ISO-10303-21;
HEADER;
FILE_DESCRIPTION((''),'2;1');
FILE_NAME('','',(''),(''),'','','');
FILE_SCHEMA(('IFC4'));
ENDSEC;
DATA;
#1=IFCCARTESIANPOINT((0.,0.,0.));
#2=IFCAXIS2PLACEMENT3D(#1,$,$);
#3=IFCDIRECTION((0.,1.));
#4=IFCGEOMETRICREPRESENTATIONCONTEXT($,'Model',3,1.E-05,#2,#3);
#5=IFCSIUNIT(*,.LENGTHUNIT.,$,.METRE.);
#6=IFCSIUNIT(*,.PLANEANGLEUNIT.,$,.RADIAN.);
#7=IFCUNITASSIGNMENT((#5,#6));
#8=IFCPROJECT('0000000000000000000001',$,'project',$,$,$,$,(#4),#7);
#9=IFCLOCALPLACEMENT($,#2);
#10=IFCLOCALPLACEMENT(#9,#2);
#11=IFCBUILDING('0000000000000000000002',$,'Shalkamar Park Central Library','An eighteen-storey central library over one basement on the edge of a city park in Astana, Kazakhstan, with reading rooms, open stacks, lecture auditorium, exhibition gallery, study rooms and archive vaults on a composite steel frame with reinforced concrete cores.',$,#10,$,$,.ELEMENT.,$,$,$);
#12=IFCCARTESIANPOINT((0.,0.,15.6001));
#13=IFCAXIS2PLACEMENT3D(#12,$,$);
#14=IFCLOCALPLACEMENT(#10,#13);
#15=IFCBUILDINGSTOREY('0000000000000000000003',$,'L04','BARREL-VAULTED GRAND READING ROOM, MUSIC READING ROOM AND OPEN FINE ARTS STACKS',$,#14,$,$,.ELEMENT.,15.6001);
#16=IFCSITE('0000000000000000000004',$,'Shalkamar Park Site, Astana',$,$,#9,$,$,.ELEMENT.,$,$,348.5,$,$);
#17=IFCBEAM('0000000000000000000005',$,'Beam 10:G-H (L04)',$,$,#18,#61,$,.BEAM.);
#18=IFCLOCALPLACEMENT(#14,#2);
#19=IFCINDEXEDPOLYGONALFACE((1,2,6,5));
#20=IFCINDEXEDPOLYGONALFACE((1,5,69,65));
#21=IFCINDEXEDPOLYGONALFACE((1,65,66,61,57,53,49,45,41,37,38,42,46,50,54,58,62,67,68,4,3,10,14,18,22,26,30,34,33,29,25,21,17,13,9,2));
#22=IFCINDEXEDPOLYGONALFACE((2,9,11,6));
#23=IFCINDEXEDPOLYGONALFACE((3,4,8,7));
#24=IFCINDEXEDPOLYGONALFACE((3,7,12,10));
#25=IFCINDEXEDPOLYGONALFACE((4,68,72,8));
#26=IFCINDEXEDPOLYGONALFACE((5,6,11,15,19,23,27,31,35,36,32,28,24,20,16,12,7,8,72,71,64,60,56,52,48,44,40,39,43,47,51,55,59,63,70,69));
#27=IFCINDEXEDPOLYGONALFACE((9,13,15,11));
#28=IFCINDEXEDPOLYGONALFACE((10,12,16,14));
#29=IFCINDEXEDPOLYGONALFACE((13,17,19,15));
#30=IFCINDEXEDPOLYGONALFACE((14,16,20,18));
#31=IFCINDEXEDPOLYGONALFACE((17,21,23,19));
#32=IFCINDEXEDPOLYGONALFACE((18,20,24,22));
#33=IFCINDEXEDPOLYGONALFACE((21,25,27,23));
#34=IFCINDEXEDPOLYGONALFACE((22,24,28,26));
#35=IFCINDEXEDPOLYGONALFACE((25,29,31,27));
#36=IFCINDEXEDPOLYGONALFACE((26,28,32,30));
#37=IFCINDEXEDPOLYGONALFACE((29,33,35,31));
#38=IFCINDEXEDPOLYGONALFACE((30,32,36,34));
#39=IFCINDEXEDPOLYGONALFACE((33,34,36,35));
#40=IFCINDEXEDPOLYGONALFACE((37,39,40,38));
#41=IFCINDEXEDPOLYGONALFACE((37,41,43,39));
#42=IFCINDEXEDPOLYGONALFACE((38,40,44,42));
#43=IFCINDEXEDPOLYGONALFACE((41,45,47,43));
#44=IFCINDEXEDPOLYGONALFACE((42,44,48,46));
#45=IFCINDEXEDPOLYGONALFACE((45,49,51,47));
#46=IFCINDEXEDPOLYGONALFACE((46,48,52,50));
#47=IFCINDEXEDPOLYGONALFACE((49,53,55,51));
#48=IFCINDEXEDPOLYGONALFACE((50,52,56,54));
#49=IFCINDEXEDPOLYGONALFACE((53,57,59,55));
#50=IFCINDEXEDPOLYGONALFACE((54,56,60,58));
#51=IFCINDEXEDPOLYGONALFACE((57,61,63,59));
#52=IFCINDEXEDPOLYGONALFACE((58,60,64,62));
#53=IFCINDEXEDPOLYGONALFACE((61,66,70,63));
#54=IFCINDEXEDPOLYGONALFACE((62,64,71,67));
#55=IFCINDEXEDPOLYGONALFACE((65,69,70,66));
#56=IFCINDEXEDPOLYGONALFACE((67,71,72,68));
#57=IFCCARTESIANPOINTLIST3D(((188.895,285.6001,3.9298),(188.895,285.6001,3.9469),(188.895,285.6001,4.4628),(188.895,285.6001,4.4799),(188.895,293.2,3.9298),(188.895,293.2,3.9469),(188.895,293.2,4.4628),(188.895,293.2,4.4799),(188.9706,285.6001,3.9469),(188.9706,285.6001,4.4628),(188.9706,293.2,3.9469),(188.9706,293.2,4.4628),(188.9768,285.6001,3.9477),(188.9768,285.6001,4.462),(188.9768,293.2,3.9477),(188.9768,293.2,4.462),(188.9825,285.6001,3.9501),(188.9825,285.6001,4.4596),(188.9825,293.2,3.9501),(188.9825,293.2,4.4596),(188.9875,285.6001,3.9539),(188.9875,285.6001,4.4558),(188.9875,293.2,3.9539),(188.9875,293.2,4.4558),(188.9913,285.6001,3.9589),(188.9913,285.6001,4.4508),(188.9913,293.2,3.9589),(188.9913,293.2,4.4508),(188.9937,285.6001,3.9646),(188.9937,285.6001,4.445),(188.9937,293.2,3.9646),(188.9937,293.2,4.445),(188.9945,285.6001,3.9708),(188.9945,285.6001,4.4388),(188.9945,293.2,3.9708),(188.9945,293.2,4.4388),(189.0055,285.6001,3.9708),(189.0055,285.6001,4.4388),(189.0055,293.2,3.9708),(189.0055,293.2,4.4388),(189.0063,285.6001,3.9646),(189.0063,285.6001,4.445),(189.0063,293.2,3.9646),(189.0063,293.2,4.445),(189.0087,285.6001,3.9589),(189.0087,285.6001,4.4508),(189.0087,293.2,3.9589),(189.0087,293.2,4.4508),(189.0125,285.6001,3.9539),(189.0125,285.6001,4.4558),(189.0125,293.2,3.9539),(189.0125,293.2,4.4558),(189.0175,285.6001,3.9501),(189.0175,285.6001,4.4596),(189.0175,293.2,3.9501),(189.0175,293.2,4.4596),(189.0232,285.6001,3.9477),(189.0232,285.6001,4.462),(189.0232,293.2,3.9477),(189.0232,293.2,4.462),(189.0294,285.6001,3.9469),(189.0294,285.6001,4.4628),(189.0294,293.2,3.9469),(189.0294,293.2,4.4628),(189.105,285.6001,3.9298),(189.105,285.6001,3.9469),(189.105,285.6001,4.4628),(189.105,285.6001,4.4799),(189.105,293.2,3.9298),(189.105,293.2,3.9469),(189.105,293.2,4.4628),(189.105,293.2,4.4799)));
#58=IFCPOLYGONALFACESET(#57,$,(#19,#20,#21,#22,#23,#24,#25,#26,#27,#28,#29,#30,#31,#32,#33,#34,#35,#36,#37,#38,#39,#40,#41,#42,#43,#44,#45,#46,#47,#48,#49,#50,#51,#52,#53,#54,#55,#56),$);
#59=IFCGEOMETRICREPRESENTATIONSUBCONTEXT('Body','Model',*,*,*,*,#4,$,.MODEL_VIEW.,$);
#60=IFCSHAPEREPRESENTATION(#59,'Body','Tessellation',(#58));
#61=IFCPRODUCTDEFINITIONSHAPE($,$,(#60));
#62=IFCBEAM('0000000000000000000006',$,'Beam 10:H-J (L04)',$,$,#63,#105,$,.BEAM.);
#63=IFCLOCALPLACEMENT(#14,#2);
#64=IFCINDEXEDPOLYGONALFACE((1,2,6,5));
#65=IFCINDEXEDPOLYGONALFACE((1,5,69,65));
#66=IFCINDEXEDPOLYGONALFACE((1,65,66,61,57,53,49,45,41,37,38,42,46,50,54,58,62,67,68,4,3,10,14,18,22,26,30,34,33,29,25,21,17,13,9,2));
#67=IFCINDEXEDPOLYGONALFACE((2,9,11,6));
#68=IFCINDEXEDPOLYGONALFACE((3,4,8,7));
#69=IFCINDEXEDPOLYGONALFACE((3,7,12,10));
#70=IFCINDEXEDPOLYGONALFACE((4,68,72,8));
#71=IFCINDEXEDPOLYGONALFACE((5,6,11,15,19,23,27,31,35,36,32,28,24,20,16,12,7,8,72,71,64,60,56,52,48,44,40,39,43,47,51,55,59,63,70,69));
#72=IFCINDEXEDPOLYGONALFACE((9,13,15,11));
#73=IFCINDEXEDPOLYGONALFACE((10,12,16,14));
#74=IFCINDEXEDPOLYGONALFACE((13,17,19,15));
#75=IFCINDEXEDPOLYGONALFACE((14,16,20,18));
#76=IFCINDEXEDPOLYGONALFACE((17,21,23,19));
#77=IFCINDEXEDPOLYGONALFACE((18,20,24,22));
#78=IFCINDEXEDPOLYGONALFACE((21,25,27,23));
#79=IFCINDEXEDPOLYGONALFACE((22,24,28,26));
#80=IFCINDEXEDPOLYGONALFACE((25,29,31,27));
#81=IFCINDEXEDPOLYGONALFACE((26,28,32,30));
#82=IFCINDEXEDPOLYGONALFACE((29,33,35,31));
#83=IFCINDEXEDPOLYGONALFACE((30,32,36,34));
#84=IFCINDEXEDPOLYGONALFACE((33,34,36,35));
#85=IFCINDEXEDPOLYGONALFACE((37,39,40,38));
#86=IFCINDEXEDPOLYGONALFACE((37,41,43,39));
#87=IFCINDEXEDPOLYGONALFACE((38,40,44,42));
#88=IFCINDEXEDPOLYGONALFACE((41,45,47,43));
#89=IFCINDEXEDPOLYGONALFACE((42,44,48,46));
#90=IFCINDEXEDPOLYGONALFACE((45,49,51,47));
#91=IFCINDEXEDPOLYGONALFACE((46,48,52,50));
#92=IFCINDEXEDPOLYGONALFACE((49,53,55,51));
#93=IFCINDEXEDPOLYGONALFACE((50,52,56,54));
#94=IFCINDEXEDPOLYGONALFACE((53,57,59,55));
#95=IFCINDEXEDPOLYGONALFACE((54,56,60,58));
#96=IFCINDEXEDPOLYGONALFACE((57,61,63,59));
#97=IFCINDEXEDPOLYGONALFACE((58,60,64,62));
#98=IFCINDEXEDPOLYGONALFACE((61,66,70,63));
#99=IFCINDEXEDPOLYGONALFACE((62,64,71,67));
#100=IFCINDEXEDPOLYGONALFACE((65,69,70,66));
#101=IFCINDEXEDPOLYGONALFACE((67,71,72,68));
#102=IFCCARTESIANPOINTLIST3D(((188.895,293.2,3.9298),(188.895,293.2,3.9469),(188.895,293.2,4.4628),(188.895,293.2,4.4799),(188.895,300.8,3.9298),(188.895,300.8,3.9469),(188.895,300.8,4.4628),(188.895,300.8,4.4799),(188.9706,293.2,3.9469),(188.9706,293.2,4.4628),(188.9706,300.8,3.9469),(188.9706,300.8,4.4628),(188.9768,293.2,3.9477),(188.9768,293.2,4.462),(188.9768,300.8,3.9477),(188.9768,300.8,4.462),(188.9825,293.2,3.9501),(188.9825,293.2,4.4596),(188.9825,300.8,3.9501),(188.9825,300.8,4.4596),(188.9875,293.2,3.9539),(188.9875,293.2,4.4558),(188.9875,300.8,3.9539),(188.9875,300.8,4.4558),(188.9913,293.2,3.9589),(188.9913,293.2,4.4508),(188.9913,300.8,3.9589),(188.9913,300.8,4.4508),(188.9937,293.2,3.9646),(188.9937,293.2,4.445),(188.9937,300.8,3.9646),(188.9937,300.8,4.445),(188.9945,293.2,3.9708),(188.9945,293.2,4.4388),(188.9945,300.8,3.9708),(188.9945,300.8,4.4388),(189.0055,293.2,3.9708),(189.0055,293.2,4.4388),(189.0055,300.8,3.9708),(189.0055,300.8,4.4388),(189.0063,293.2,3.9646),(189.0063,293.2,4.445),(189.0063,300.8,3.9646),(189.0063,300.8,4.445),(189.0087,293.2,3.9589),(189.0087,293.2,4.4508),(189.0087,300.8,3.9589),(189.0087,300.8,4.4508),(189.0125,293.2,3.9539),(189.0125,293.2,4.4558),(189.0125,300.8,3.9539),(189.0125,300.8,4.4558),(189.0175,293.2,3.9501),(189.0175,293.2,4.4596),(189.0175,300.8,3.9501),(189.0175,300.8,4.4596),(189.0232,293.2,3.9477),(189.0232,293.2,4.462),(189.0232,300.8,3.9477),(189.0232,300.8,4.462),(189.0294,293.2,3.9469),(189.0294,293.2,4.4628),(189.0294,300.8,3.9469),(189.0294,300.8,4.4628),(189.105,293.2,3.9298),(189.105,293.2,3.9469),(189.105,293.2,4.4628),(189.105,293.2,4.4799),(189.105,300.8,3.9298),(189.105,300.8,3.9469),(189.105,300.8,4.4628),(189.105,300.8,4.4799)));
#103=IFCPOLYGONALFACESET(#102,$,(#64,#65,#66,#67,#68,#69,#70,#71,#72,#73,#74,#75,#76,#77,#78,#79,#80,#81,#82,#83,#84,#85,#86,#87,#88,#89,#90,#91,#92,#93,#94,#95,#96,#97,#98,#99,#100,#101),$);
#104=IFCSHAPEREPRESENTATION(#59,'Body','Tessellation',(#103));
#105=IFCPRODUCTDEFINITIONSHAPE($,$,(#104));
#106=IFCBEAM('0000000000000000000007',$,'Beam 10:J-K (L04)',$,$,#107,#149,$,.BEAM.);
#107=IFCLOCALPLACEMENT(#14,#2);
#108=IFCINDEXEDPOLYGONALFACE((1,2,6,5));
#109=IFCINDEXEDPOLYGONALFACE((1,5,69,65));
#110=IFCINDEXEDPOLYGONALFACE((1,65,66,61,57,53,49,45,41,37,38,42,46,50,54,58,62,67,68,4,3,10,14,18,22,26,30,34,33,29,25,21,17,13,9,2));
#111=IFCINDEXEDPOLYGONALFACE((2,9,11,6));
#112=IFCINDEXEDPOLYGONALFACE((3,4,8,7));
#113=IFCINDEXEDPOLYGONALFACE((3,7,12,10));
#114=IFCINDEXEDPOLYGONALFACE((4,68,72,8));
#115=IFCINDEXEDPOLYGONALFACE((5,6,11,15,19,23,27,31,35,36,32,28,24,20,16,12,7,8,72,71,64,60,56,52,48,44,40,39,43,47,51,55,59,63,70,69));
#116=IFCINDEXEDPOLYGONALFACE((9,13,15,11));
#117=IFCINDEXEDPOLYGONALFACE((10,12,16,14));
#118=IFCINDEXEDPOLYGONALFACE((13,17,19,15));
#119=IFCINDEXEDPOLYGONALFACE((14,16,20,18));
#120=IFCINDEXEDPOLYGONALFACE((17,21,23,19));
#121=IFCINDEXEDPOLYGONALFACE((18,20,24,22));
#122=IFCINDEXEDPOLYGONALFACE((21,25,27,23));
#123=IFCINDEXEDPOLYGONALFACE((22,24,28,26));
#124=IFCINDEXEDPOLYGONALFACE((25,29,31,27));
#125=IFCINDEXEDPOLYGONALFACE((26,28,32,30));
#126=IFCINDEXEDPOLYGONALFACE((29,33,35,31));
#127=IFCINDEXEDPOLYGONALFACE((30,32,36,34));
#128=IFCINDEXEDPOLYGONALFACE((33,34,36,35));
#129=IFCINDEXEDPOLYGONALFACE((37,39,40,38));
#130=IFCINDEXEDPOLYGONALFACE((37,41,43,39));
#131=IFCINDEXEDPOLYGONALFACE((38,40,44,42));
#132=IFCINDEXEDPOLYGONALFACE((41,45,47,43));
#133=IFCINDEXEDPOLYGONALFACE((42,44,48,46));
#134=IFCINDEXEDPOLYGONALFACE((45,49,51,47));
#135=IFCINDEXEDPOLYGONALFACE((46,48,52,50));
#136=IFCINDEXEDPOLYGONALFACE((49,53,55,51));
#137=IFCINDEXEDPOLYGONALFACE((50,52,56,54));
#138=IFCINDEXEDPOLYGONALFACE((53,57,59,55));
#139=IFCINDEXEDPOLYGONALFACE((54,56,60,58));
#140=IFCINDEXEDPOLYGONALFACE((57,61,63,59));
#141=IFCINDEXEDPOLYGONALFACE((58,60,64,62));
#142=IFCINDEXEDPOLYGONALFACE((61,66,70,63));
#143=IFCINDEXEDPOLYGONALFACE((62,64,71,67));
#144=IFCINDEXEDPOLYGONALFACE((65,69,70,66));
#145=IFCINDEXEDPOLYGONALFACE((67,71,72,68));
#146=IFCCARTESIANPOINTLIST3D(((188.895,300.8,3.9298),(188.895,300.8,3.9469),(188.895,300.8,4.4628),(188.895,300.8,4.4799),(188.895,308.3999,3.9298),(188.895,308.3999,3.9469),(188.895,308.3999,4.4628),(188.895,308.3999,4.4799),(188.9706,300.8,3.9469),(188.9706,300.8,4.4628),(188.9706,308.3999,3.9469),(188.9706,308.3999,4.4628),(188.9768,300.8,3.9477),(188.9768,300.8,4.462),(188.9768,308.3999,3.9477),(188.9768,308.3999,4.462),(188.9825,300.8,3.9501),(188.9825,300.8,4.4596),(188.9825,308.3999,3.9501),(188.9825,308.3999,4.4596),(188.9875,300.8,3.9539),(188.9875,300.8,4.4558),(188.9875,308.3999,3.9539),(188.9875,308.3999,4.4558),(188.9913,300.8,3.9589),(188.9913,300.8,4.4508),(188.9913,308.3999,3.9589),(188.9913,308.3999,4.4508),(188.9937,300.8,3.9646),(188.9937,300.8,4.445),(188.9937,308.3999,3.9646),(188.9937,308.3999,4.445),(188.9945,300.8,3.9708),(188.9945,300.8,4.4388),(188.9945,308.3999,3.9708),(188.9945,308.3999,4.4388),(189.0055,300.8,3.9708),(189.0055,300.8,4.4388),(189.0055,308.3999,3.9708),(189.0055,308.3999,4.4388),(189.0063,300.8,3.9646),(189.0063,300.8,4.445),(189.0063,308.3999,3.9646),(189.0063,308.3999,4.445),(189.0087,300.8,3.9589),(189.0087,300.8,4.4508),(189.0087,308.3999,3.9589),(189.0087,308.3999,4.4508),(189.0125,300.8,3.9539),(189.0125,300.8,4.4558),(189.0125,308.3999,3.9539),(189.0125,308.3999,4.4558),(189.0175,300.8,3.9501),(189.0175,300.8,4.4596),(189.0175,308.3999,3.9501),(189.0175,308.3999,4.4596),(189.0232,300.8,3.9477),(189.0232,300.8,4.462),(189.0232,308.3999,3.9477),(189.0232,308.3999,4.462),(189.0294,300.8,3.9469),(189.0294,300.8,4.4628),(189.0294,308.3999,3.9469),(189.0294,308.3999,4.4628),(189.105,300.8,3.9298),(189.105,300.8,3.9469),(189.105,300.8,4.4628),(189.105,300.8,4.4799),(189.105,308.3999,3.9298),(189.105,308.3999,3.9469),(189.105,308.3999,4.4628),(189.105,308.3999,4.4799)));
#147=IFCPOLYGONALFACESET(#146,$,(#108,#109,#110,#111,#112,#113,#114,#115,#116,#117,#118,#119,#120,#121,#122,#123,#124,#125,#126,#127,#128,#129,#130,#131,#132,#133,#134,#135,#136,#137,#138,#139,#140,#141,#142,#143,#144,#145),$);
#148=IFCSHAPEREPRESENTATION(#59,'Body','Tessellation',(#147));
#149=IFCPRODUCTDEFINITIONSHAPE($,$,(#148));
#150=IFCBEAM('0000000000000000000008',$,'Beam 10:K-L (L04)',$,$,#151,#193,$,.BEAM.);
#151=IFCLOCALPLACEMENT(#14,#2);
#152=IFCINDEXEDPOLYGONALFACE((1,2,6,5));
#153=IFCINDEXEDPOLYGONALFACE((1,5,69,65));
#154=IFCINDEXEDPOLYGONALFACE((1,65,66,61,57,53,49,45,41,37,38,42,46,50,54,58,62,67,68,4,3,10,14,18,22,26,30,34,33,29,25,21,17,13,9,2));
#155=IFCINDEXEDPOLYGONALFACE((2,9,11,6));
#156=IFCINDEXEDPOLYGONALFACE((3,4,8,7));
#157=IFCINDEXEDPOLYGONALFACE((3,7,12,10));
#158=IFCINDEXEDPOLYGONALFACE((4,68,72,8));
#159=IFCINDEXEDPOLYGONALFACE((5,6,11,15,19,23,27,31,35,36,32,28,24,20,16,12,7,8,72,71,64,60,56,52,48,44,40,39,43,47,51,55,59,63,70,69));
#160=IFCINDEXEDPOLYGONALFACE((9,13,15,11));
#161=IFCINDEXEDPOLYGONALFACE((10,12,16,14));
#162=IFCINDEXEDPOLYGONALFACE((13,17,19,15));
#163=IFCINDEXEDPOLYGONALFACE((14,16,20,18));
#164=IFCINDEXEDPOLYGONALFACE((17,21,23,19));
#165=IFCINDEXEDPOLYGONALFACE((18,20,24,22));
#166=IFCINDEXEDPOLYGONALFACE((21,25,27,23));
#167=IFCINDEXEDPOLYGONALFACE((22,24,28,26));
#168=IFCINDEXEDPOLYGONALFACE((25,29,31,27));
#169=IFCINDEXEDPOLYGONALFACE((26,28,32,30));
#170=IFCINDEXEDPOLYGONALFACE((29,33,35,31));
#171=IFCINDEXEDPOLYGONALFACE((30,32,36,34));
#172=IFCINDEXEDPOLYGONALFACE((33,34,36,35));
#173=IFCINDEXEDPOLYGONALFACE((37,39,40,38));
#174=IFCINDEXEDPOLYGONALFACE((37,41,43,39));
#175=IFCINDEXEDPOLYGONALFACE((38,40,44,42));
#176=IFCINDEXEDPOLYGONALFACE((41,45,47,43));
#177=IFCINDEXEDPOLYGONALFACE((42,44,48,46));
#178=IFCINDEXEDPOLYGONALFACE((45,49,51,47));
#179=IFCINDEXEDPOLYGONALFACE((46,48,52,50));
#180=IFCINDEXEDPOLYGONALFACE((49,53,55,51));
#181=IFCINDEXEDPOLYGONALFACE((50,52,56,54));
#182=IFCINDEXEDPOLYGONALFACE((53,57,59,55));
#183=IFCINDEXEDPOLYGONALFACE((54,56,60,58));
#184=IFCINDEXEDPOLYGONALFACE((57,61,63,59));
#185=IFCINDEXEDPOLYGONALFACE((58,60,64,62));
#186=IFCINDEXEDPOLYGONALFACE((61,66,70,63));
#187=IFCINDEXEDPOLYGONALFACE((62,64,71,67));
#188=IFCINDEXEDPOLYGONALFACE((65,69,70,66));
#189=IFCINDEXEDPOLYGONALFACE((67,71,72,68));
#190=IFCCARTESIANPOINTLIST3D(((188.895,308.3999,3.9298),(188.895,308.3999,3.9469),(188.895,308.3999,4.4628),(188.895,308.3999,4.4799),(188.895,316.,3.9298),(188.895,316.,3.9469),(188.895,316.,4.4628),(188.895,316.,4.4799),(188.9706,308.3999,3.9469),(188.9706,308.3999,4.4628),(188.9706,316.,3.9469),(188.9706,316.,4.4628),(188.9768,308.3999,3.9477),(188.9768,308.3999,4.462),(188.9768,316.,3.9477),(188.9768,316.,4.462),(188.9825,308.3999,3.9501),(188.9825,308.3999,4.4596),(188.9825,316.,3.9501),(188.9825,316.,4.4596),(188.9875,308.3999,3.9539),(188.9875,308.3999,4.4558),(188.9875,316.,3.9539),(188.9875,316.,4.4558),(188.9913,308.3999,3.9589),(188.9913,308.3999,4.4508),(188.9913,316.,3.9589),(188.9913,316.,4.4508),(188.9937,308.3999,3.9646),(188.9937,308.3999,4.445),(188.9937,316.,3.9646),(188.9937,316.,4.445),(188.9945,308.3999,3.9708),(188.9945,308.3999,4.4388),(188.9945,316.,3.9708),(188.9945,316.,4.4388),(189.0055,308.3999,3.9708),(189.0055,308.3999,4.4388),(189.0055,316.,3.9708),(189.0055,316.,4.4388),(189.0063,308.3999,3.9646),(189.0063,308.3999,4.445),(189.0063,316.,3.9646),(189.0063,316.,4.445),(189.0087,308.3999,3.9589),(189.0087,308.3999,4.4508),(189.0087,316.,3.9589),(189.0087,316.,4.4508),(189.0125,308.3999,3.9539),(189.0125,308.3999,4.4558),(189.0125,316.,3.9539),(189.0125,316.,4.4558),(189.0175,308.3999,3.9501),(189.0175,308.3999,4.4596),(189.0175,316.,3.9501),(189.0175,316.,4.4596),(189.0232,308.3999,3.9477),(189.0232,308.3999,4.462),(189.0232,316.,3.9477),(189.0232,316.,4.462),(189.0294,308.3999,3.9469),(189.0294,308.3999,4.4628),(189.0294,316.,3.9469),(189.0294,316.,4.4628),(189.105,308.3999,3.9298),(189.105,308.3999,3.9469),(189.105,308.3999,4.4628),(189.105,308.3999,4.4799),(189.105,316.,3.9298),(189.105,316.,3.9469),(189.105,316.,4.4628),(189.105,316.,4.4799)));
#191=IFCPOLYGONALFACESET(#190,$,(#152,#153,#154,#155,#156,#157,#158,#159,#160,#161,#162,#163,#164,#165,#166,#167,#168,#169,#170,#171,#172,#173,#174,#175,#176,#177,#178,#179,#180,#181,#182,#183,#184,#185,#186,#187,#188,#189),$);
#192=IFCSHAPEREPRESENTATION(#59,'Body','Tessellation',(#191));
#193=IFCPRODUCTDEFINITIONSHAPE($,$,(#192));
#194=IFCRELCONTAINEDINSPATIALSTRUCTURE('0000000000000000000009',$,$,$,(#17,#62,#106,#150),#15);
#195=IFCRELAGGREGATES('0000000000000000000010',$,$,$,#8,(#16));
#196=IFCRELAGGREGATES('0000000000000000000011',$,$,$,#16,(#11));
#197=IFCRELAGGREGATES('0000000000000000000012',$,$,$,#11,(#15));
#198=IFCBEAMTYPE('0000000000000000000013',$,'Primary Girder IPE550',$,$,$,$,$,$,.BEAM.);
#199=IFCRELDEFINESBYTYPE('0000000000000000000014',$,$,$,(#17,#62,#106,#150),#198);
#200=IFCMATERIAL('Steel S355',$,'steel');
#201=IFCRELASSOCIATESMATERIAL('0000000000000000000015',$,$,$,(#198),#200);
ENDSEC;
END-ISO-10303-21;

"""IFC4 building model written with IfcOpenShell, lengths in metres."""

from ifc_helpers import new_model, si_unit, direction, frame, origin, origin_2d, place, context, subcontext, project, spatial, i_section, extrude, material, material_profile, profile_set, type_object, element, save


model = new_model("IFC4")

# Units and contexts
model_context = context("Model", 3, precision=1e-05, world=origin(), true_north=direction((0.0, 1.0)))
body_context = subcontext(model_context, "Body", "Model", "MODEL_VIEW")
ifc_project = project(units=[si_unit("LENGTHUNIT", "METRE"), si_unit("PLANEANGLEUNIT", "RADIAN")], contexts=[model_context])

# Site, building, storey
site_placement = place(None, origin())
site = spatial("IfcSite", under=ifc_project, at=site_placement, Name="Shalkamar Park Site, Astana", CompositionType="ELEMENT", RefElevation=348.5)
building_placement = place(site_placement, origin())
building = spatial("IfcBuilding", under=site, at=building_placement, Name="Shalkamar Park Central Library", Description="An eighteen-storey central library over one basement on the edge of a city park in Astana, Kazakhstan, with reading rooms, open stacks, lecture auditorium, exhibition gallery, study rooms and archive vaults on a composite steel frame with reinforced concrete cores.", CompositionType="ELEMENT")
storey_placement = place(building_placement, frame((0.0, 0.0, 15.6001)))
storey = spatial("IfcBuildingStorey", under=building, at=storey_placement, Name="L04", Description="BARREL-VAULTED GRAND READING ROOM, MUSIC READING ROOM AND OPEN FINE ARTS STACKS", CompositionType="ELEMENT", Elevation=15.6001)

# Shared definitions
ifc_material = material(Name="Steel S355", Category="steel")

# Beams
ifc_material_profile_1 = material_profile(ifc_material, i_section(OverallWidth=0.21, OverallDepth=0.55, WebThickness=0.011, FlangeThickness=0.0171, FilletRadius=0.0239, at=origin_2d()), Name="IPE 550")
ifc_profile_set_1 = profile_set([ifc_material_profile_1], Name="Steel S355")
beam_type_1 = type_object("IfcBeamType", Name="Primary Girder IPE550", PredefinedType="BEAM", material=ifc_profile_set_1)
beam_1_placement = place(storey_placement, frame((189.0, 285.6001, 4.2048), z_axis=(0.0, 1.0, 0.0), x_axis=(-1.0, 0.0, 0.0)))
element("IfcBeam", 1, at=beam_1_placement, inside=storey, type_object=beam_type_1, Name="Beam 10:G-H (L04)", PredefinedType="BEAM", context=body_context, shape_type="SweptSolid", body=[
    extrude(i_section(OverallWidth=0.21, OverallDepth=0.55, WebThickness=0.011, FlangeThickness=0.0171, FilletRadius=0.0239, at=origin_2d()), origin(), (0.0, 0.0, 1.0), 7.5999),
])
beam_2_placement = place(storey_placement, frame((189.0, 293.2, 4.2048), z_axis=(0.0, 1.0, 0.0), x_axis=(-1.0, 0.0, 0.0)))
element("IfcBeam", 2, at=beam_2_placement, inside=storey, type_object=beam_type_1, Name="Beam 10:H-J (L04)", PredefinedType="BEAM", context=body_context, shape_type="SweptSolid", body=[
    extrude(i_section(OverallWidth=0.21, OverallDepth=0.55, WebThickness=0.011, FlangeThickness=0.0171, FilletRadius=0.0239, at=origin_2d()), origin(), (0.0, 0.0, 1.0), 7.6001),
])
beam_3_placement = place(storey_placement, frame((189.0, 300.8, 4.2048), z_axis=(0.0, 1.0, 0.0), x_axis=(-1.0, 0.0, 0.0)))
element("IfcBeam", 3, at=beam_3_placement, inside=storey, type_object=beam_type_1, Name="Beam 10:J-K (L04)", PredefinedType="BEAM", context=body_context, shape_type="SweptSolid", body=[
    extrude(i_section(OverallWidth=0.21, OverallDepth=0.55, WebThickness=0.011, FlangeThickness=0.0171, FilletRadius=0.0239, at=origin_2d()), origin(), (0.0, 0.0, 1.0), 7.5999),
])
beam_4_placement = place(storey_placement, frame((189.0, 308.3999, 4.2048), z_axis=(0.0, 1.0, 0.0), x_axis=(-1.0, 0.0, 0.0)))
element("IfcBeam", 4, at=beam_4_placement, inside=storey, type_object=beam_type_1, Name="Beam 10:K-L (L04)", PredefinedType="BEAM", context=body_context, shape_type="SweptSolid", body=[
    extrude(i_section(OverallWidth=0.21, OverallDepth=0.55, WebThickness=0.011, FlangeThickness=0.0171, FilletRadius=0.0239, at=origin_2d()), origin(), (0.0, 0.0, 1.0), 7.6001),
])

save(model, "model.ifc")
